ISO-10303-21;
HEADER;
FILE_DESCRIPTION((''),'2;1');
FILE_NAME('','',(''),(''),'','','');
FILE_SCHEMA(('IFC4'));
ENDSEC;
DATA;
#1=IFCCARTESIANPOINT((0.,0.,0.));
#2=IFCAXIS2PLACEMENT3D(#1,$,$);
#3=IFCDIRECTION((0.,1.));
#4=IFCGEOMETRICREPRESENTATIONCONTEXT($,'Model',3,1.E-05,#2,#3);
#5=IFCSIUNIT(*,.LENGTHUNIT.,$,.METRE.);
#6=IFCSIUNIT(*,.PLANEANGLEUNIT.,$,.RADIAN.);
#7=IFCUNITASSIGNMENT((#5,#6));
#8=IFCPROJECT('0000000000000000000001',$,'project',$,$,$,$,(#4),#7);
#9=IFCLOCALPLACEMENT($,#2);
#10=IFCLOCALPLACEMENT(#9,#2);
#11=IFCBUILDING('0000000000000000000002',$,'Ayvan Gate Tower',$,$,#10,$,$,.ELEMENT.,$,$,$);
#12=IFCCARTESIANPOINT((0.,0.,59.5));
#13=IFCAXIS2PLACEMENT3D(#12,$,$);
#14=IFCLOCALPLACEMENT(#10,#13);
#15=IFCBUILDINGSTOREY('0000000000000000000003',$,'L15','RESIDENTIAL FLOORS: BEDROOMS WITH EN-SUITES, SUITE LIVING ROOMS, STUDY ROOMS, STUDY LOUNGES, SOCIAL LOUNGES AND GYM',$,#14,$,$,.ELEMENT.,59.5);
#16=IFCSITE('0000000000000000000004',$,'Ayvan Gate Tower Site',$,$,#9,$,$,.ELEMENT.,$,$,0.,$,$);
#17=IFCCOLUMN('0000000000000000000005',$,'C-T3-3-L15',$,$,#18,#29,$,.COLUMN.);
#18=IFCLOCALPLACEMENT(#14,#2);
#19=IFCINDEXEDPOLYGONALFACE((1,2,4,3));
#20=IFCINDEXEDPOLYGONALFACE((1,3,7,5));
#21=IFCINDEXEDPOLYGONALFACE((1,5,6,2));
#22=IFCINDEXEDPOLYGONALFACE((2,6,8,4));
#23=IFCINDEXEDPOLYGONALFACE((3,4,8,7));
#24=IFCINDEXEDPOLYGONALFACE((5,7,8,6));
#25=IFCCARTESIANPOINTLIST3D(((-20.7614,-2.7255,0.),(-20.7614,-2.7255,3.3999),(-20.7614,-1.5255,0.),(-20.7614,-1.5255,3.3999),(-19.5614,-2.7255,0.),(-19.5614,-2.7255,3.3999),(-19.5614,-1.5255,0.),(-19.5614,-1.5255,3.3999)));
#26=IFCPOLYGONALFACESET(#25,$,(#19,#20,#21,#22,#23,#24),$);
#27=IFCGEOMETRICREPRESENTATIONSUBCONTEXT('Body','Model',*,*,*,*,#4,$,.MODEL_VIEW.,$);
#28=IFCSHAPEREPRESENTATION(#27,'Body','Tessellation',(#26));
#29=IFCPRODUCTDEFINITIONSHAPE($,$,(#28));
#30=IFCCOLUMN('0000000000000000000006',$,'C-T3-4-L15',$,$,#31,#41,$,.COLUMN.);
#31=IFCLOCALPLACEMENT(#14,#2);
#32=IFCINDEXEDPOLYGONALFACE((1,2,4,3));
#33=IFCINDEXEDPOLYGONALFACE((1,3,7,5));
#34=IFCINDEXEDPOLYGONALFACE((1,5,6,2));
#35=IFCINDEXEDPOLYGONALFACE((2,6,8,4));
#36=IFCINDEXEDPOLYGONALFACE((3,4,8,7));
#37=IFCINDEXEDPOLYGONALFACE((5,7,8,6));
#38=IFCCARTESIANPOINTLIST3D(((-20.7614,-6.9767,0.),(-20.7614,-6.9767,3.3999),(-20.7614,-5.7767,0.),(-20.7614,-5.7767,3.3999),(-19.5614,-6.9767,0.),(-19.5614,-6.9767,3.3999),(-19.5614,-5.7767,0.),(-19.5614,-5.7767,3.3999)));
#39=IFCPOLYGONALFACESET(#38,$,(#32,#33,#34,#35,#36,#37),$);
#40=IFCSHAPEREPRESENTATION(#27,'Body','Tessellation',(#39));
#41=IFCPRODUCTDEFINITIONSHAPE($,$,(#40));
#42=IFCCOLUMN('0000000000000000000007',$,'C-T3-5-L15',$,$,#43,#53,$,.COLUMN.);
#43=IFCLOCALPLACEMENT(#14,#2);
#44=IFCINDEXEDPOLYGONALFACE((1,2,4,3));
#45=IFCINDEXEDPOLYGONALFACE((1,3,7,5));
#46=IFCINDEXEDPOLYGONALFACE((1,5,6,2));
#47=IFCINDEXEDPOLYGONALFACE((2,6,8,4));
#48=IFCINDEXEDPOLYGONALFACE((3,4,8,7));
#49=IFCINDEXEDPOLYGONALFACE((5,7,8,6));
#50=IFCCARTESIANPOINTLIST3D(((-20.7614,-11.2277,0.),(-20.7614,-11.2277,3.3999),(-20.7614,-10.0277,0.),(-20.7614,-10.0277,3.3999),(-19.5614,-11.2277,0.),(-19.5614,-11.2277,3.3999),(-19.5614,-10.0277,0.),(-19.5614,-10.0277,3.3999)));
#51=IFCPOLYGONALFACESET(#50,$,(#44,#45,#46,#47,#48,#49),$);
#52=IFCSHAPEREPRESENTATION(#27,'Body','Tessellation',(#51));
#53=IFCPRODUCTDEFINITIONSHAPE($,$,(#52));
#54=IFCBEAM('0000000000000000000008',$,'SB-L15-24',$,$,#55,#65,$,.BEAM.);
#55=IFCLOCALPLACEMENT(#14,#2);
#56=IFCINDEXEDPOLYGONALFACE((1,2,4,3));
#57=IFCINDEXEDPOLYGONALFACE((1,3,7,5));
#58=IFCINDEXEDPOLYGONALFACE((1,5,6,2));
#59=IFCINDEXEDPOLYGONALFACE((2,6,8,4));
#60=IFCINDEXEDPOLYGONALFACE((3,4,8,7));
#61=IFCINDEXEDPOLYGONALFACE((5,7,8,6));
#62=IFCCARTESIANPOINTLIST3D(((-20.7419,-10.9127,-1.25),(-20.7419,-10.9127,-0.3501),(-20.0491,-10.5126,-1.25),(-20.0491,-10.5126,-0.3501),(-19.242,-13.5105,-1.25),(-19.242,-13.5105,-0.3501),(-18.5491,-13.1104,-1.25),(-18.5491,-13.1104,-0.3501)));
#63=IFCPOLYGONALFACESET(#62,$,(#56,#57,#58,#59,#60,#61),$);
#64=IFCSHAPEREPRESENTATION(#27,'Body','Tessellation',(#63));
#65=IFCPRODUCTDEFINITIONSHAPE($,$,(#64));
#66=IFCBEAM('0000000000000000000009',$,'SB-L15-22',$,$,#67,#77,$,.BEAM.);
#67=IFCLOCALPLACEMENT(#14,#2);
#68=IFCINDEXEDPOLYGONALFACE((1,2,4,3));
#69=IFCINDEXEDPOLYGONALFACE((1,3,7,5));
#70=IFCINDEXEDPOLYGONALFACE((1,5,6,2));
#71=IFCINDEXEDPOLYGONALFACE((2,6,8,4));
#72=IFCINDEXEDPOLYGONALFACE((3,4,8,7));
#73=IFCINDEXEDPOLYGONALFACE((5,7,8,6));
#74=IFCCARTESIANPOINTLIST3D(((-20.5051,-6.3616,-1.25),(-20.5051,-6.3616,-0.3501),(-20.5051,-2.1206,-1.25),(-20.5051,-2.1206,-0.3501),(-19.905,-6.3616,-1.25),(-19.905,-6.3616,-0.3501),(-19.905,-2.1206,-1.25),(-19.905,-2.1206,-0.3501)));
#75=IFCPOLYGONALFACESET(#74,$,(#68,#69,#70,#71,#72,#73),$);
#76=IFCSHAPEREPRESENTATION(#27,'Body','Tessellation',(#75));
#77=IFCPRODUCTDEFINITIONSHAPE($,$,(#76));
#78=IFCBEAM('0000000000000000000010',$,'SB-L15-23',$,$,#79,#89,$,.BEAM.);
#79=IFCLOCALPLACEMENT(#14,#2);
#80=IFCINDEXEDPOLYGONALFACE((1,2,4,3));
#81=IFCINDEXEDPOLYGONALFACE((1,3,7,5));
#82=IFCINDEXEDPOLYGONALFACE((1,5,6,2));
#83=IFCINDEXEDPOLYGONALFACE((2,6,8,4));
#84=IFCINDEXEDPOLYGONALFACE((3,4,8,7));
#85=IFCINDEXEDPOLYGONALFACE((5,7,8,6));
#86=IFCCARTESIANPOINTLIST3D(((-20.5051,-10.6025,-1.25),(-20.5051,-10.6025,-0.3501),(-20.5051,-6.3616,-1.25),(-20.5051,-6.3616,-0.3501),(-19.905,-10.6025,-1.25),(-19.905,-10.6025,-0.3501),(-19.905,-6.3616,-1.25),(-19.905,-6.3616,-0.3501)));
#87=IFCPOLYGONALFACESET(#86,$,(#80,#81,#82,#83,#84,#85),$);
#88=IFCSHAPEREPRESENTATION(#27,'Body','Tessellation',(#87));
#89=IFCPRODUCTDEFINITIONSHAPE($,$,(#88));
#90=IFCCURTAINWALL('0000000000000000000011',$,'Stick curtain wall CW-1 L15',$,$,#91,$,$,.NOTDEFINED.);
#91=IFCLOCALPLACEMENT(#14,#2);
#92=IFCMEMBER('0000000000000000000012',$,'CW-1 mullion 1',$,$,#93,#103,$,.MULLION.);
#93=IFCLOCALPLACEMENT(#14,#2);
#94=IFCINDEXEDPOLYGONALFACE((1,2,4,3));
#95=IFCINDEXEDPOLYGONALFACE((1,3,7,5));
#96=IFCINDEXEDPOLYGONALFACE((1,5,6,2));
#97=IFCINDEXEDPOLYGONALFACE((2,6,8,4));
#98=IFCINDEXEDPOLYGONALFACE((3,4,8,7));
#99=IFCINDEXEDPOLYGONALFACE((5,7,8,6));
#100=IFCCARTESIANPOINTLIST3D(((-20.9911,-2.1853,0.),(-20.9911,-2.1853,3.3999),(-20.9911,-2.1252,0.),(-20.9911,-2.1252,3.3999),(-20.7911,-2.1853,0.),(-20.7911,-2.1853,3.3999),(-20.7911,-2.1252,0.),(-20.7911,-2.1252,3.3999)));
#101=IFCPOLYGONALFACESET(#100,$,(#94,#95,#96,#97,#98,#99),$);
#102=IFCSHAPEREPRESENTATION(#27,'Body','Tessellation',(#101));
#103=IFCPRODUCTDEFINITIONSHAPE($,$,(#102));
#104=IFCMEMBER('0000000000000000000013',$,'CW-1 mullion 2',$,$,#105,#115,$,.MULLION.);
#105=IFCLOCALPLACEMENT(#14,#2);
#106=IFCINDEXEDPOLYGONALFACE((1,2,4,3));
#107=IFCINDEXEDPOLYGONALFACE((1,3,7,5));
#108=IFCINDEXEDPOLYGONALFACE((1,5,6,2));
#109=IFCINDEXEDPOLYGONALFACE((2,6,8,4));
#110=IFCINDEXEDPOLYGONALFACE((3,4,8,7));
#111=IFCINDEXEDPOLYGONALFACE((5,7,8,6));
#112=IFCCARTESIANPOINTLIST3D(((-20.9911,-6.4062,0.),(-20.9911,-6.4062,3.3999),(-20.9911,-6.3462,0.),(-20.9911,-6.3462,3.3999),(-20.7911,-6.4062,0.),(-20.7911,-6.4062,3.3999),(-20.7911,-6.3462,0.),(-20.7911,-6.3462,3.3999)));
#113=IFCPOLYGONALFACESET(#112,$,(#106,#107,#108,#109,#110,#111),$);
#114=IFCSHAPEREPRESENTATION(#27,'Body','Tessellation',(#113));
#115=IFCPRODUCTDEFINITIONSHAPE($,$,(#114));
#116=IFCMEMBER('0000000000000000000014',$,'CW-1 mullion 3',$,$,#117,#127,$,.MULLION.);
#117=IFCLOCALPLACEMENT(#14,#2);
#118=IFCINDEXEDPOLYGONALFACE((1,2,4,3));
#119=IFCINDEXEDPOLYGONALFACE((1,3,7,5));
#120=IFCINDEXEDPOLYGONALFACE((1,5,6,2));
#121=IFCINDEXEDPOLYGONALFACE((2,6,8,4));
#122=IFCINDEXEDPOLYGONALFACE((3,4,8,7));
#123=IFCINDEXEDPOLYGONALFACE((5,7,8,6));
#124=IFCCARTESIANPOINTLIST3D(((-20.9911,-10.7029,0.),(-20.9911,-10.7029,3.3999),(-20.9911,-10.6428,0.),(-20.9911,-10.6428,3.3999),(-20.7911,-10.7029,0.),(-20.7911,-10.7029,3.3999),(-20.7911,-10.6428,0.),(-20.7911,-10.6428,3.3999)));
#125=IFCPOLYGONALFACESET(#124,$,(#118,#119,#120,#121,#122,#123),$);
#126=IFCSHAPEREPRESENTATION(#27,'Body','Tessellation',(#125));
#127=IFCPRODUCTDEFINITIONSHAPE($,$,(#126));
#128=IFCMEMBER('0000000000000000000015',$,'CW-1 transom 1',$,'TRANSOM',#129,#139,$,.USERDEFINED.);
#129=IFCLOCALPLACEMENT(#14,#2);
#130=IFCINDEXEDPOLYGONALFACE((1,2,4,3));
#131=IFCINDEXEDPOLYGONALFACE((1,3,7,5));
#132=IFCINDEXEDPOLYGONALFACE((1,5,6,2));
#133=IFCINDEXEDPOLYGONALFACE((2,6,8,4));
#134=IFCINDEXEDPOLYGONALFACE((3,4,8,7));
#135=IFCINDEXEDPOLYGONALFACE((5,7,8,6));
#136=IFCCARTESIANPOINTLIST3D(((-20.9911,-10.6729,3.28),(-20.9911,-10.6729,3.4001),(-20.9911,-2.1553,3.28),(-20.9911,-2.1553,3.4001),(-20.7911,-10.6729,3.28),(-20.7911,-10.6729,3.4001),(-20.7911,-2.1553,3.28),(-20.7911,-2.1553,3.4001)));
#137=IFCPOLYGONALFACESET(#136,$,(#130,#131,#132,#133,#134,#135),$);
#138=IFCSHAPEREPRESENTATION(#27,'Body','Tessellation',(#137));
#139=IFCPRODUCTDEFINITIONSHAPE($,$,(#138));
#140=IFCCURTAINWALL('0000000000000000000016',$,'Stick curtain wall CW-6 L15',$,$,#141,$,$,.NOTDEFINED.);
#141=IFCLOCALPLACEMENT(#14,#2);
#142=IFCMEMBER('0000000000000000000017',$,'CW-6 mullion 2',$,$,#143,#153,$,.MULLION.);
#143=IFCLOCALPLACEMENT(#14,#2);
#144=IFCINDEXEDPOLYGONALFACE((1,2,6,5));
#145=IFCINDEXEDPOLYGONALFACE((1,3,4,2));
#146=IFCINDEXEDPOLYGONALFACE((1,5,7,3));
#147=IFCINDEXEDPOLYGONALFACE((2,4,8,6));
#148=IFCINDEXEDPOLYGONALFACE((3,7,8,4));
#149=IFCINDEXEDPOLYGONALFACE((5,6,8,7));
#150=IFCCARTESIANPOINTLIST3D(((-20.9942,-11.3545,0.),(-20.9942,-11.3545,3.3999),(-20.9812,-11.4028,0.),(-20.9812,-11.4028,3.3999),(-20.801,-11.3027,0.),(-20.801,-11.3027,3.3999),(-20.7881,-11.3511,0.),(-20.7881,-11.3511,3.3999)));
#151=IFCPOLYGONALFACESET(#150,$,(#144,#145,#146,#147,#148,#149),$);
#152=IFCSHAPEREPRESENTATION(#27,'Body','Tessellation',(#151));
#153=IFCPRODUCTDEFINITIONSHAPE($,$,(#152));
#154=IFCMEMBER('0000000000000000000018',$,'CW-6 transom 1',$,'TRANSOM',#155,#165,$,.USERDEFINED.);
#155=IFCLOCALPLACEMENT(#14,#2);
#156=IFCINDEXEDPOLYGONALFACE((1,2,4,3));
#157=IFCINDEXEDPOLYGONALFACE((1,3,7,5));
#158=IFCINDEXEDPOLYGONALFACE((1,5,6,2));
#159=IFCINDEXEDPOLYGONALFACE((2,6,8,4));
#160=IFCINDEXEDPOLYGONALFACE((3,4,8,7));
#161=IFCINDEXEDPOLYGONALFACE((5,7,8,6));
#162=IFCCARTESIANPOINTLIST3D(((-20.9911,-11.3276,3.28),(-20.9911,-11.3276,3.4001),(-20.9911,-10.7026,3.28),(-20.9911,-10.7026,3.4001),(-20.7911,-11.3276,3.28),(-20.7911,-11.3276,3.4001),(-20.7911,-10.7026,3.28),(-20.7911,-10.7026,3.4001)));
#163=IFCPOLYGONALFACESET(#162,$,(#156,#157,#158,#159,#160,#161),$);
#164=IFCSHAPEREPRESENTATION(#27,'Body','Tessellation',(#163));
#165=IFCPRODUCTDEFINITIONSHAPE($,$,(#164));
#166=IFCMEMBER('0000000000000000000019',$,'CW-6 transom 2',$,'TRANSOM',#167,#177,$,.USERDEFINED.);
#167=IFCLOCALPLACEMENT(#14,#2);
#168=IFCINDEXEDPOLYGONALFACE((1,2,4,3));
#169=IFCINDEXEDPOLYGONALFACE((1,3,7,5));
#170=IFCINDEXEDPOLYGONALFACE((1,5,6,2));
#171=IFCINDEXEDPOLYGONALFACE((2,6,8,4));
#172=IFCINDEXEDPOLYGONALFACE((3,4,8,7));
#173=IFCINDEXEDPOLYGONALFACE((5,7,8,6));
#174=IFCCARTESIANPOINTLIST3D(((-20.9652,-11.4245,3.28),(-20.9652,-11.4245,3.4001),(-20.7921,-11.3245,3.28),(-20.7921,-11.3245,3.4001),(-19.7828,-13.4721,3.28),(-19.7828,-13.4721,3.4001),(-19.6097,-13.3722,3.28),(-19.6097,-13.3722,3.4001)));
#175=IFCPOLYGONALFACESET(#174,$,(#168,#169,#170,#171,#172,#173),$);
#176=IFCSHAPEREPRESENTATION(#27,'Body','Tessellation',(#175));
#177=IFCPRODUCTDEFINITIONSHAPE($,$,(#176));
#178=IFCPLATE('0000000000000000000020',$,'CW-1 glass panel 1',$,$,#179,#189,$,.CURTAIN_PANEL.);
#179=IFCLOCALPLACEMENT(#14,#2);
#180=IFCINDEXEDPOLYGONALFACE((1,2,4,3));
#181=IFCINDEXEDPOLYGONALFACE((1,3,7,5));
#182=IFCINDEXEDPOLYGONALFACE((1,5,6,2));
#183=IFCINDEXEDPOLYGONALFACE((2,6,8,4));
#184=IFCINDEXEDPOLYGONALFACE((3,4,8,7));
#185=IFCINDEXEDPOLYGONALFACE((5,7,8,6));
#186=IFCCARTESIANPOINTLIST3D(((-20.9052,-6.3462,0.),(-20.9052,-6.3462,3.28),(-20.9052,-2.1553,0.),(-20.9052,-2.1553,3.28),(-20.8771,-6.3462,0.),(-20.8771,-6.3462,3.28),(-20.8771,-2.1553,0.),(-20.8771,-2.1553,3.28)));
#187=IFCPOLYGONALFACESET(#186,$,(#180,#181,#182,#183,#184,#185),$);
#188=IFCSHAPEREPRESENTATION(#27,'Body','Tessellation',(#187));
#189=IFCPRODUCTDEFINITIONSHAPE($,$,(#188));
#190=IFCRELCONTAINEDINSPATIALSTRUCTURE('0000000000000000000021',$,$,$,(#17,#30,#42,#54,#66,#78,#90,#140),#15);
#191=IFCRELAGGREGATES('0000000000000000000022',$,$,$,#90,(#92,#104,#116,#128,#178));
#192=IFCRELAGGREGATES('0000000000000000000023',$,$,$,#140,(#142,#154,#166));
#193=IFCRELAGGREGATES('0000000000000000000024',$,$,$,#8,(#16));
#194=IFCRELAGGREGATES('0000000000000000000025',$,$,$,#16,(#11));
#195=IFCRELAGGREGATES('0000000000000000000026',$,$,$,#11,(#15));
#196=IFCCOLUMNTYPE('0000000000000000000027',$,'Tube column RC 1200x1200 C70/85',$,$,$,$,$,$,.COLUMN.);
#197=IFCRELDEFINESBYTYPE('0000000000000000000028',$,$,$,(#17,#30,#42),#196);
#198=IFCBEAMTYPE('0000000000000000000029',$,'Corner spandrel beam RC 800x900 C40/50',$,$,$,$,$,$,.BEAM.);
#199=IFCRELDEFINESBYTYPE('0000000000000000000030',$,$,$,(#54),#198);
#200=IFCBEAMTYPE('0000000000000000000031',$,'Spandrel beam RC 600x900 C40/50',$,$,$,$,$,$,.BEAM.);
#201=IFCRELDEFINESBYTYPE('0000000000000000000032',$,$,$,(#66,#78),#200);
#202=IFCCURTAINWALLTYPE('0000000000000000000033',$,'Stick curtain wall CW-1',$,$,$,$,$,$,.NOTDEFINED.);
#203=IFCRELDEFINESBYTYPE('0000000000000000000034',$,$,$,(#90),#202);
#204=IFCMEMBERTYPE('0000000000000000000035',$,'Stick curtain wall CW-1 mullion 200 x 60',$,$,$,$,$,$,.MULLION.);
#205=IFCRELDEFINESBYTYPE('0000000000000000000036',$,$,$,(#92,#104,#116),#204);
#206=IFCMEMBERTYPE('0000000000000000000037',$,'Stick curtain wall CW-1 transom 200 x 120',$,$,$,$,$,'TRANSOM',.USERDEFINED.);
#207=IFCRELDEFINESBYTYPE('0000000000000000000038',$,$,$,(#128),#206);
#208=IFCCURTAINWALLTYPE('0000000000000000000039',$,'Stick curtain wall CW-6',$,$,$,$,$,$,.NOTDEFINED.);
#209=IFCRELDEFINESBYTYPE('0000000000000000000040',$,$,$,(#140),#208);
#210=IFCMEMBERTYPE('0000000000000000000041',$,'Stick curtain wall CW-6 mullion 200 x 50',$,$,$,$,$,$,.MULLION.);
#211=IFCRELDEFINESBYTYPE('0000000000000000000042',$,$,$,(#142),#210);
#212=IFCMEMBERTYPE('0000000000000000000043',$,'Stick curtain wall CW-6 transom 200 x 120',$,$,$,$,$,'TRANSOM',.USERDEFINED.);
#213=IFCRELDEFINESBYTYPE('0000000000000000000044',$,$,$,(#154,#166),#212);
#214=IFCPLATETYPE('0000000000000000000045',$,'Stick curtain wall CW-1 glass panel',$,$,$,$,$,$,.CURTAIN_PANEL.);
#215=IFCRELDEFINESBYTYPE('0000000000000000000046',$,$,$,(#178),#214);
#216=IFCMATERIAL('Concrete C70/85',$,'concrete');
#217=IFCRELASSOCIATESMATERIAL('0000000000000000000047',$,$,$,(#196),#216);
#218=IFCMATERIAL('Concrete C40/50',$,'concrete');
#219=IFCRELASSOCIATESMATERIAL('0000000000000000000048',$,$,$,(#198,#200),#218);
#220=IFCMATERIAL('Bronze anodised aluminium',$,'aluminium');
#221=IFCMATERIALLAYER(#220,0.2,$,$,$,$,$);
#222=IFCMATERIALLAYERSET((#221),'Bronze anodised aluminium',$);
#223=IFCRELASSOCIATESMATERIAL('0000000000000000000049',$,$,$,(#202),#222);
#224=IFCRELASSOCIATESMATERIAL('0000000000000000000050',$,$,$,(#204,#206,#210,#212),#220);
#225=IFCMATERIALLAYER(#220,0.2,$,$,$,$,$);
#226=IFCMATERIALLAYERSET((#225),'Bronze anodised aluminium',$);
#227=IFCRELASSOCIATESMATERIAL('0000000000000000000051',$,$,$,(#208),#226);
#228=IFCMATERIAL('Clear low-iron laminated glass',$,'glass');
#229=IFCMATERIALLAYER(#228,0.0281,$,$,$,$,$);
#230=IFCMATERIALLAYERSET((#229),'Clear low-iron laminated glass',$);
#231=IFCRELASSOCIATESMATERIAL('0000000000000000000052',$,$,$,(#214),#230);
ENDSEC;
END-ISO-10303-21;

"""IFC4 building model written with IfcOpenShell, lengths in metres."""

from ifc_helpers import new_model, si_unit, direction, frame, origin, origin_2d, place, context, subcontext, project, spatial, rectangle, extrude, material, layer, layer_set, material_profile, profile_set, type_object, element, aggregate, save


model = new_model("IFC4")

# Units and contexts
model_context = context("Model", 3, precision=1e-05, world=origin(), true_north=direction((0.0, 1.0)))
body_context = subcontext(model_context, "Body", "Model", "MODEL_VIEW")
ifc_project = project(units=[si_unit("LENGTHUNIT", "METRE"), si_unit("PLANEANGLEUNIT", "RADIAN")], contexts=[model_context])

# Site, building, storey
site_placement = place(None, origin())
site = spatial("IfcSite", under=ifc_project, at=site_placement, Name="Ayvan Gate Tower Site", CompositionType="ELEMENT", RefElevation=0.0)
building_placement = place(site_placement, origin())
building = spatial("IfcBuilding", under=site, at=building_placement, Name="Ayvan Gate Tower", CompositionType="ELEMENT")
storey_placement = place(building_placement, frame((0.0, 0.0, 59.5)))
storey = spatial("IfcBuildingStorey", under=building, at=storey_placement, Name="L15", Description="RESIDENTIAL FLOORS: BEDROOMS WITH EN-SUITES, SUITE LIVING ROOMS, STUDY ROOMS, STUDY LOUNGES, SOCIAL LOUNGES AND GYM", CompositionType="ELEMENT", Elevation=59.5)

# Columns
ifc_material_1 = material(Name="Concrete C70/85", Category="concrete")
ifc_material_profile_1 = material_profile(ifc_material_1, rectangle(XDim=1.2, YDim=1.2, at=origin_2d()), Name="RC 1200x1200")
ifc_profile_set_1 = profile_set([ifc_material_profile_1], Name="Concrete C70/85")
column_type = type_object("IfcColumnType", Name="Tube column RC 1200x1200 C70/85", PredefinedType="COLUMN", material=ifc_profile_set_1)
for number, where, z_axis, x_axis, name in (
    (1, (-20.1614, -2.1255, 0.0), (0.0, 0.0, 1.0), (-1.0, 0.0, 0.0), "C-T3-3-L15"),
    (2, (-20.1614, -6.3767, 0.0), (0.0, 0.0, 1.0), (-1.0, 0.0, 0.0), "C-T3-4-L15"),
    (3, (-20.1614, -10.6277, 0.0), (0.0, 0.0, 1.0), (-1.0, 0.0, 0.0), "C-T3-5-L15"),
):
    element("IfcColumn", number, at=place(storey_placement, frame(where, z_axis=z_axis, x_axis=x_axis)), inside=storey, type_object=column_type, Name=name, PredefinedType="COLUMN", context=body_context, shape_type="SweptSolid", body=[
        extrude(rectangle(XDim=1.2, YDim=1.2, at=origin_2d()), origin(), (0.0, 0.0, 1.0), 3.3999),
    ])

# Beams
ifc_material_2 = material(Name="Concrete C40/50", Category="concrete")
ifc_material_profile_2 = material_profile(ifc_material_2, rectangle(XDim=0.8, YDim=0.8999, at=origin_2d()), Name="RC 800x900")
ifc_profile_set_2 = profile_set([ifc_material_profile_2], Name="Concrete C40/50")
beam_type_1 = type_object("IfcBeamType", Name="Corner spandrel beam RC 800x900 C40/50", PredefinedType="BEAM", material=ifc_profile_set_2)
beam_placement = place(storey_placement, frame((-20.3955, -10.7126, -0.8), z_axis=(0.500025, -0.866011, 0.0), x_axis=(0.866011, 0.500025, 0.0)))
element("IfcBeam", 4, at=beam_placement, inside=storey, type_object=beam_type_1, Name="SB-L15-24", PredefinedType="BEAM", context=body_context, shape_type="SweptSolid", body=[
    extrude(rectangle(XDim=0.8, YDim=0.8999, at=origin_2d()), origin(), (0.0, 0.0, 1.0), 2.9998),
])
ifc_material_profile_3 = material_profile(ifc_material_2, rectangle(XDim=0.6001, YDim=0.8999, at=origin_2d()), Name="RC 600x900")
ifc_profile_set_3 = profile_set([ifc_material_profile_3], Name="Concrete C40/50")
beam_type_2 = type_object("IfcBeamType", Name="Spandrel beam RC 600x900 C40/50", PredefinedType="BEAM", material=ifc_profile_set_3)
for number, where, z_axis, x_axis, name in (
    (5, (-20.2051, -2.1206, -0.8), (0.0, -1.0, 0.0), (1.0, 0.0, 0.0), "SB-L15-22"),
    (6, (-20.2051, -6.3616, -0.8), (0.0, -1.0, 0.0), (1.0, 0.0, 0.0), "SB-L15-23"),
):
    element("IfcBeam", number, at=place(storey_placement, frame(where, z_axis=z_axis, x_axis=x_axis)), inside=storey, type_object=beam_type_2, Name=name, PredefinedType="BEAM", context=body_context, shape_type="SweptSolid", body=[
        extrude(rectangle(XDim=0.6001, YDim=0.8999, at=origin_2d()), origin(), (0.0, 0.0, 1.0), 4.241),
    ])

# Curtain walls, members
ifc_material_3 = material(Name="Bronze anodised aluminium", Category="aluminium")
ifc_layer_1 = layer(ifc_material_3, 0.2)
ifc_layer_set_1 = layer_set([ifc_layer_1], Name="Bronze anodised aluminium")
curtain_wall_type_1 = type_object("IfcCurtainWallType", Name="Stick curtain wall CW-1", PredefinedType="NOTDEFINED", material=ifc_layer_set_1)
curtain_wall_1_placement = place(storey_placement, origin())
curtain_wall_1 = element("IfcCurtainWall", 7, at=curtain_wall_1_placement, inside=storey, type_object=curtain_wall_type_1, Name="Stick curtain wall CW-1 L15", PredefinedType="NOTDEFINED")
ifc_material_profile_4 = material_profile(ifc_material_3, rectangle(XDim=0.2, YDim=0.0601, at=origin_2d()), Name="Stick curtain wall CW-1 mullion 200 x 60")
ifc_profile_set_4 = profile_set([ifc_material_profile_4], Name="Bronze anodised aluminium")
member_type_1 = type_object("IfcMemberType", Name="Stick curtain wall CW-1 mullion 200 x 60", PredefinedType="MULLION", material=ifc_profile_set_4)
member_1_placement = place(storey_placement, frame((-20.8911, -2.1553, 0.0), z_axis=(0.0, 0.0, 1.0), x_axis=(-1.0, 0.0, 0.0)))
member_1 = element("IfcMember", 8, at=member_1_placement, type_object=member_type_1, Name="CW-1 mullion 1", PredefinedType="MULLION", context=body_context, shape_type="SweptSolid", body=[
    extrude(rectangle(XDim=0.2, YDim=0.0601, at=origin_2d()), origin(), (0.0, 0.0, 1.0), 3.3999),
])
member_2_placement = place(storey_placement, frame((-20.8911, -6.3762, 0.0), z_axis=(0.0, 0.0, 1.0), x_axis=(-1.0, 0.0, 0.0)))
member_2 = element("IfcMember", 9, at=member_2_placement, type_object=member_type_1, Name="CW-1 mullion 2", PredefinedType="MULLION", context=body_context, shape_type="SweptSolid", body=[
    extrude(rectangle(XDim=0.2, YDim=0.0601, at=origin_2d()), origin(), (0.0, 0.0, 1.0), 3.3999),
])
member_3_placement = place(storey_placement, frame((-20.8911, -10.6729, 0.0), z_axis=(0.0, 0.0, 1.0), x_axis=(-1.0, 0.0, 0.0)))
member_3 = element("IfcMember", 10, at=member_3_placement, type_object=member_type_1, Name="CW-1 mullion 3", PredefinedType="MULLION", context=body_context, shape_type="SweptSolid", body=[
    extrude(rectangle(XDim=0.2, YDim=0.0601, at=origin_2d()), origin(), (0.0, 0.0, 1.0), 3.3999),
])
ifc_material_profile_5 = material_profile(ifc_material_3, rectangle(XDim=0.2, YDim=0.1201, at=origin_2d()), Name="Stick curtain wall CW-1 transom 200 x 120")
ifc_profile_set_5 = profile_set([ifc_material_profile_5], Name="Bronze anodised aluminium")
member_type_2 = type_object("IfcMemberType", Name="Stick curtain wall CW-1 transom 200 x 120", ElementType="TRANSOM", PredefinedType="USERDEFINED", material=ifc_profile_set_5)
member_4_placement = place(storey_placement, frame((-20.8911, -2.1553, 3.3401), z_axis=(0.0, -1.0, 0.0), x_axis=(1.0, 0.0, 0.0)))
member_4 = element("IfcMember", 11, at=member_4_placement, type_object=member_type_2, Name="CW-1 transom 1", ObjectType="TRANSOM", PredefinedType="USERDEFINED", context=body_context, shape_type="SweptSolid", body=[
    extrude(rectangle(XDim=0.2, YDim=0.1201, at=origin_2d()), origin(), (0.0, 0.0, 1.0), 8.5176),
])
ifc_layer_2 = layer(ifc_material_3, 0.2)
ifc_layer_set_2 = layer_set([ifc_layer_2], Name="Bronze anodised aluminium")
curtain_wall_type_2 = type_object("IfcCurtainWallType", Name="Stick curtain wall CW-6", PredefinedType="NOTDEFINED", material=ifc_layer_set_2)
curtain_wall_2_placement = place(storey_placement, origin())
curtain_wall_2 = element("IfcCurtainWall", 12, at=curtain_wall_2_placement, inside=storey, type_object=curtain_wall_type_2, Name="Stick curtain wall CW-6 L15", PredefinedType="NOTDEFINED")
ifc_material_profile_6 = material_profile(ifc_material_3, rectangle(XDim=0.2, YDim=0.05, at=origin_2d()), Name="Stick curtain wall CW-6 mullion 200 x 50")
ifc_profile_set_6 = profile_set([ifc_material_profile_6], Name="Bronze anodised aluminium")
member_type_3 = type_object("IfcMemberType", Name="Stick curtain wall CW-6 mullion 200 x 50", PredefinedType="MULLION", material=ifc_profile_set_6)
member_5_placement = place(storey_placement, frame((-20.8911, -11.3528, 0.0), z_axis=(0.0, 0.0, 1.0), x_axis=(-0.965926, -0.258819, 0.0)))
member_5 = element("IfcMember", 13, at=member_5_placement, type_object=member_type_3, Name="CW-6 mullion 2", PredefinedType="MULLION", context=body_context, shape_type="SweptSolid", body=[
    extrude(rectangle(XDim=0.2, YDim=0.05, at=origin_2d()), origin(), (0.0, 0.0, 1.0), 3.3999),
])
ifc_material_profile_7 = material_profile(ifc_material_3, rectangle(XDim=0.2, YDim=0.1201, at=origin_2d()), Name="Stick curtain wall CW-6 transom 200 x 120")
ifc_profile_set_7 = profile_set([ifc_material_profile_7], Name="Bronze anodised aluminium")
member_type_4 = type_object("IfcMemberType", Name="Stick curtain wall CW-6 transom 200 x 120", ElementType="TRANSOM", PredefinedType="USERDEFINED", material=ifc_profile_set_7)
member_6_placement = place(storey_placement, frame((-20.8911, -10.7026, 3.3401), z_axis=(0.0, -1.0, 0.0), x_axis=(1.0, 0.0, 0.0)))
member_6 = element("IfcMember", 14, at=member_6_placement, type_object=member_type_4, Name="CW-6 transom 1", ObjectType="TRANSOM", PredefinedType="USERDEFINED", context=body_context, shape_type="SweptSolid", body=[
    extrude(rectangle(XDim=0.2, YDim=0.1201, at=origin_2d()), origin(), (0.0, 0.0, 1.0), 0.625),
])
member_7_placement = place(storey_placement, frame((-20.8787, -11.3745, 3.3401), z_axis=(0.500059, -0.865991, 0.0), x_axis=(0.865991, 0.500059, 0.0)))
member_7 = element("IfcMember", 15, at=member_7_placement, type_object=member_type_4, Name="CW-6 transom 2", ObjectType="TRANSOM", PredefinedType="USERDEFINED", context=body_context, shape_type="SweptSolid", body=[
    extrude(rectangle(XDim=0.2, YDim=0.1201, at=origin_2d()), origin(), (0.0, 0.0, 1.0), 2.3645),
])

# Plate
ifc_material_4 = material(Name="Clear low-iron laminated glass", Category="glass")
ifc_layer_3 = layer(ifc_material_4, 0.0281)
ifc_layer_set_3 = layer_set([ifc_layer_3], Name="Clear low-iron laminated glass")
plate_type_1 = type_object("IfcPlateType", Name="Stick curtain wall CW-1 glass panel", PredefinedType="CURTAIN_PANEL", material=ifc_layer_set_3)
plate_1_placement = place(storey_placement, frame((-20.8911, -4.2507, 0.0), z_axis=(0.0, 0.0, 1.0), x_axis=(0.0, -1.0, 0.0)))
plate_1 = element("IfcPlate", 16, at=plate_1_placement, type_object=plate_type_1, Name="CW-1 glass panel 1", PredefinedType="CURTAIN_PANEL", context=body_context, shape_type="SweptSolid", body=[
    extrude(rectangle(XDim=4.1909, YDim=0.0281, at=origin_2d()), origin(), (0.0, 0.0, 1.0), 3.28),
])
aggregate(curtain_wall_1, [member_1, member_2, member_3, member_4, plate_1])
aggregate(curtain_wall_2, [member_5, member_6, member_7])

save(model, "model.ifc")
